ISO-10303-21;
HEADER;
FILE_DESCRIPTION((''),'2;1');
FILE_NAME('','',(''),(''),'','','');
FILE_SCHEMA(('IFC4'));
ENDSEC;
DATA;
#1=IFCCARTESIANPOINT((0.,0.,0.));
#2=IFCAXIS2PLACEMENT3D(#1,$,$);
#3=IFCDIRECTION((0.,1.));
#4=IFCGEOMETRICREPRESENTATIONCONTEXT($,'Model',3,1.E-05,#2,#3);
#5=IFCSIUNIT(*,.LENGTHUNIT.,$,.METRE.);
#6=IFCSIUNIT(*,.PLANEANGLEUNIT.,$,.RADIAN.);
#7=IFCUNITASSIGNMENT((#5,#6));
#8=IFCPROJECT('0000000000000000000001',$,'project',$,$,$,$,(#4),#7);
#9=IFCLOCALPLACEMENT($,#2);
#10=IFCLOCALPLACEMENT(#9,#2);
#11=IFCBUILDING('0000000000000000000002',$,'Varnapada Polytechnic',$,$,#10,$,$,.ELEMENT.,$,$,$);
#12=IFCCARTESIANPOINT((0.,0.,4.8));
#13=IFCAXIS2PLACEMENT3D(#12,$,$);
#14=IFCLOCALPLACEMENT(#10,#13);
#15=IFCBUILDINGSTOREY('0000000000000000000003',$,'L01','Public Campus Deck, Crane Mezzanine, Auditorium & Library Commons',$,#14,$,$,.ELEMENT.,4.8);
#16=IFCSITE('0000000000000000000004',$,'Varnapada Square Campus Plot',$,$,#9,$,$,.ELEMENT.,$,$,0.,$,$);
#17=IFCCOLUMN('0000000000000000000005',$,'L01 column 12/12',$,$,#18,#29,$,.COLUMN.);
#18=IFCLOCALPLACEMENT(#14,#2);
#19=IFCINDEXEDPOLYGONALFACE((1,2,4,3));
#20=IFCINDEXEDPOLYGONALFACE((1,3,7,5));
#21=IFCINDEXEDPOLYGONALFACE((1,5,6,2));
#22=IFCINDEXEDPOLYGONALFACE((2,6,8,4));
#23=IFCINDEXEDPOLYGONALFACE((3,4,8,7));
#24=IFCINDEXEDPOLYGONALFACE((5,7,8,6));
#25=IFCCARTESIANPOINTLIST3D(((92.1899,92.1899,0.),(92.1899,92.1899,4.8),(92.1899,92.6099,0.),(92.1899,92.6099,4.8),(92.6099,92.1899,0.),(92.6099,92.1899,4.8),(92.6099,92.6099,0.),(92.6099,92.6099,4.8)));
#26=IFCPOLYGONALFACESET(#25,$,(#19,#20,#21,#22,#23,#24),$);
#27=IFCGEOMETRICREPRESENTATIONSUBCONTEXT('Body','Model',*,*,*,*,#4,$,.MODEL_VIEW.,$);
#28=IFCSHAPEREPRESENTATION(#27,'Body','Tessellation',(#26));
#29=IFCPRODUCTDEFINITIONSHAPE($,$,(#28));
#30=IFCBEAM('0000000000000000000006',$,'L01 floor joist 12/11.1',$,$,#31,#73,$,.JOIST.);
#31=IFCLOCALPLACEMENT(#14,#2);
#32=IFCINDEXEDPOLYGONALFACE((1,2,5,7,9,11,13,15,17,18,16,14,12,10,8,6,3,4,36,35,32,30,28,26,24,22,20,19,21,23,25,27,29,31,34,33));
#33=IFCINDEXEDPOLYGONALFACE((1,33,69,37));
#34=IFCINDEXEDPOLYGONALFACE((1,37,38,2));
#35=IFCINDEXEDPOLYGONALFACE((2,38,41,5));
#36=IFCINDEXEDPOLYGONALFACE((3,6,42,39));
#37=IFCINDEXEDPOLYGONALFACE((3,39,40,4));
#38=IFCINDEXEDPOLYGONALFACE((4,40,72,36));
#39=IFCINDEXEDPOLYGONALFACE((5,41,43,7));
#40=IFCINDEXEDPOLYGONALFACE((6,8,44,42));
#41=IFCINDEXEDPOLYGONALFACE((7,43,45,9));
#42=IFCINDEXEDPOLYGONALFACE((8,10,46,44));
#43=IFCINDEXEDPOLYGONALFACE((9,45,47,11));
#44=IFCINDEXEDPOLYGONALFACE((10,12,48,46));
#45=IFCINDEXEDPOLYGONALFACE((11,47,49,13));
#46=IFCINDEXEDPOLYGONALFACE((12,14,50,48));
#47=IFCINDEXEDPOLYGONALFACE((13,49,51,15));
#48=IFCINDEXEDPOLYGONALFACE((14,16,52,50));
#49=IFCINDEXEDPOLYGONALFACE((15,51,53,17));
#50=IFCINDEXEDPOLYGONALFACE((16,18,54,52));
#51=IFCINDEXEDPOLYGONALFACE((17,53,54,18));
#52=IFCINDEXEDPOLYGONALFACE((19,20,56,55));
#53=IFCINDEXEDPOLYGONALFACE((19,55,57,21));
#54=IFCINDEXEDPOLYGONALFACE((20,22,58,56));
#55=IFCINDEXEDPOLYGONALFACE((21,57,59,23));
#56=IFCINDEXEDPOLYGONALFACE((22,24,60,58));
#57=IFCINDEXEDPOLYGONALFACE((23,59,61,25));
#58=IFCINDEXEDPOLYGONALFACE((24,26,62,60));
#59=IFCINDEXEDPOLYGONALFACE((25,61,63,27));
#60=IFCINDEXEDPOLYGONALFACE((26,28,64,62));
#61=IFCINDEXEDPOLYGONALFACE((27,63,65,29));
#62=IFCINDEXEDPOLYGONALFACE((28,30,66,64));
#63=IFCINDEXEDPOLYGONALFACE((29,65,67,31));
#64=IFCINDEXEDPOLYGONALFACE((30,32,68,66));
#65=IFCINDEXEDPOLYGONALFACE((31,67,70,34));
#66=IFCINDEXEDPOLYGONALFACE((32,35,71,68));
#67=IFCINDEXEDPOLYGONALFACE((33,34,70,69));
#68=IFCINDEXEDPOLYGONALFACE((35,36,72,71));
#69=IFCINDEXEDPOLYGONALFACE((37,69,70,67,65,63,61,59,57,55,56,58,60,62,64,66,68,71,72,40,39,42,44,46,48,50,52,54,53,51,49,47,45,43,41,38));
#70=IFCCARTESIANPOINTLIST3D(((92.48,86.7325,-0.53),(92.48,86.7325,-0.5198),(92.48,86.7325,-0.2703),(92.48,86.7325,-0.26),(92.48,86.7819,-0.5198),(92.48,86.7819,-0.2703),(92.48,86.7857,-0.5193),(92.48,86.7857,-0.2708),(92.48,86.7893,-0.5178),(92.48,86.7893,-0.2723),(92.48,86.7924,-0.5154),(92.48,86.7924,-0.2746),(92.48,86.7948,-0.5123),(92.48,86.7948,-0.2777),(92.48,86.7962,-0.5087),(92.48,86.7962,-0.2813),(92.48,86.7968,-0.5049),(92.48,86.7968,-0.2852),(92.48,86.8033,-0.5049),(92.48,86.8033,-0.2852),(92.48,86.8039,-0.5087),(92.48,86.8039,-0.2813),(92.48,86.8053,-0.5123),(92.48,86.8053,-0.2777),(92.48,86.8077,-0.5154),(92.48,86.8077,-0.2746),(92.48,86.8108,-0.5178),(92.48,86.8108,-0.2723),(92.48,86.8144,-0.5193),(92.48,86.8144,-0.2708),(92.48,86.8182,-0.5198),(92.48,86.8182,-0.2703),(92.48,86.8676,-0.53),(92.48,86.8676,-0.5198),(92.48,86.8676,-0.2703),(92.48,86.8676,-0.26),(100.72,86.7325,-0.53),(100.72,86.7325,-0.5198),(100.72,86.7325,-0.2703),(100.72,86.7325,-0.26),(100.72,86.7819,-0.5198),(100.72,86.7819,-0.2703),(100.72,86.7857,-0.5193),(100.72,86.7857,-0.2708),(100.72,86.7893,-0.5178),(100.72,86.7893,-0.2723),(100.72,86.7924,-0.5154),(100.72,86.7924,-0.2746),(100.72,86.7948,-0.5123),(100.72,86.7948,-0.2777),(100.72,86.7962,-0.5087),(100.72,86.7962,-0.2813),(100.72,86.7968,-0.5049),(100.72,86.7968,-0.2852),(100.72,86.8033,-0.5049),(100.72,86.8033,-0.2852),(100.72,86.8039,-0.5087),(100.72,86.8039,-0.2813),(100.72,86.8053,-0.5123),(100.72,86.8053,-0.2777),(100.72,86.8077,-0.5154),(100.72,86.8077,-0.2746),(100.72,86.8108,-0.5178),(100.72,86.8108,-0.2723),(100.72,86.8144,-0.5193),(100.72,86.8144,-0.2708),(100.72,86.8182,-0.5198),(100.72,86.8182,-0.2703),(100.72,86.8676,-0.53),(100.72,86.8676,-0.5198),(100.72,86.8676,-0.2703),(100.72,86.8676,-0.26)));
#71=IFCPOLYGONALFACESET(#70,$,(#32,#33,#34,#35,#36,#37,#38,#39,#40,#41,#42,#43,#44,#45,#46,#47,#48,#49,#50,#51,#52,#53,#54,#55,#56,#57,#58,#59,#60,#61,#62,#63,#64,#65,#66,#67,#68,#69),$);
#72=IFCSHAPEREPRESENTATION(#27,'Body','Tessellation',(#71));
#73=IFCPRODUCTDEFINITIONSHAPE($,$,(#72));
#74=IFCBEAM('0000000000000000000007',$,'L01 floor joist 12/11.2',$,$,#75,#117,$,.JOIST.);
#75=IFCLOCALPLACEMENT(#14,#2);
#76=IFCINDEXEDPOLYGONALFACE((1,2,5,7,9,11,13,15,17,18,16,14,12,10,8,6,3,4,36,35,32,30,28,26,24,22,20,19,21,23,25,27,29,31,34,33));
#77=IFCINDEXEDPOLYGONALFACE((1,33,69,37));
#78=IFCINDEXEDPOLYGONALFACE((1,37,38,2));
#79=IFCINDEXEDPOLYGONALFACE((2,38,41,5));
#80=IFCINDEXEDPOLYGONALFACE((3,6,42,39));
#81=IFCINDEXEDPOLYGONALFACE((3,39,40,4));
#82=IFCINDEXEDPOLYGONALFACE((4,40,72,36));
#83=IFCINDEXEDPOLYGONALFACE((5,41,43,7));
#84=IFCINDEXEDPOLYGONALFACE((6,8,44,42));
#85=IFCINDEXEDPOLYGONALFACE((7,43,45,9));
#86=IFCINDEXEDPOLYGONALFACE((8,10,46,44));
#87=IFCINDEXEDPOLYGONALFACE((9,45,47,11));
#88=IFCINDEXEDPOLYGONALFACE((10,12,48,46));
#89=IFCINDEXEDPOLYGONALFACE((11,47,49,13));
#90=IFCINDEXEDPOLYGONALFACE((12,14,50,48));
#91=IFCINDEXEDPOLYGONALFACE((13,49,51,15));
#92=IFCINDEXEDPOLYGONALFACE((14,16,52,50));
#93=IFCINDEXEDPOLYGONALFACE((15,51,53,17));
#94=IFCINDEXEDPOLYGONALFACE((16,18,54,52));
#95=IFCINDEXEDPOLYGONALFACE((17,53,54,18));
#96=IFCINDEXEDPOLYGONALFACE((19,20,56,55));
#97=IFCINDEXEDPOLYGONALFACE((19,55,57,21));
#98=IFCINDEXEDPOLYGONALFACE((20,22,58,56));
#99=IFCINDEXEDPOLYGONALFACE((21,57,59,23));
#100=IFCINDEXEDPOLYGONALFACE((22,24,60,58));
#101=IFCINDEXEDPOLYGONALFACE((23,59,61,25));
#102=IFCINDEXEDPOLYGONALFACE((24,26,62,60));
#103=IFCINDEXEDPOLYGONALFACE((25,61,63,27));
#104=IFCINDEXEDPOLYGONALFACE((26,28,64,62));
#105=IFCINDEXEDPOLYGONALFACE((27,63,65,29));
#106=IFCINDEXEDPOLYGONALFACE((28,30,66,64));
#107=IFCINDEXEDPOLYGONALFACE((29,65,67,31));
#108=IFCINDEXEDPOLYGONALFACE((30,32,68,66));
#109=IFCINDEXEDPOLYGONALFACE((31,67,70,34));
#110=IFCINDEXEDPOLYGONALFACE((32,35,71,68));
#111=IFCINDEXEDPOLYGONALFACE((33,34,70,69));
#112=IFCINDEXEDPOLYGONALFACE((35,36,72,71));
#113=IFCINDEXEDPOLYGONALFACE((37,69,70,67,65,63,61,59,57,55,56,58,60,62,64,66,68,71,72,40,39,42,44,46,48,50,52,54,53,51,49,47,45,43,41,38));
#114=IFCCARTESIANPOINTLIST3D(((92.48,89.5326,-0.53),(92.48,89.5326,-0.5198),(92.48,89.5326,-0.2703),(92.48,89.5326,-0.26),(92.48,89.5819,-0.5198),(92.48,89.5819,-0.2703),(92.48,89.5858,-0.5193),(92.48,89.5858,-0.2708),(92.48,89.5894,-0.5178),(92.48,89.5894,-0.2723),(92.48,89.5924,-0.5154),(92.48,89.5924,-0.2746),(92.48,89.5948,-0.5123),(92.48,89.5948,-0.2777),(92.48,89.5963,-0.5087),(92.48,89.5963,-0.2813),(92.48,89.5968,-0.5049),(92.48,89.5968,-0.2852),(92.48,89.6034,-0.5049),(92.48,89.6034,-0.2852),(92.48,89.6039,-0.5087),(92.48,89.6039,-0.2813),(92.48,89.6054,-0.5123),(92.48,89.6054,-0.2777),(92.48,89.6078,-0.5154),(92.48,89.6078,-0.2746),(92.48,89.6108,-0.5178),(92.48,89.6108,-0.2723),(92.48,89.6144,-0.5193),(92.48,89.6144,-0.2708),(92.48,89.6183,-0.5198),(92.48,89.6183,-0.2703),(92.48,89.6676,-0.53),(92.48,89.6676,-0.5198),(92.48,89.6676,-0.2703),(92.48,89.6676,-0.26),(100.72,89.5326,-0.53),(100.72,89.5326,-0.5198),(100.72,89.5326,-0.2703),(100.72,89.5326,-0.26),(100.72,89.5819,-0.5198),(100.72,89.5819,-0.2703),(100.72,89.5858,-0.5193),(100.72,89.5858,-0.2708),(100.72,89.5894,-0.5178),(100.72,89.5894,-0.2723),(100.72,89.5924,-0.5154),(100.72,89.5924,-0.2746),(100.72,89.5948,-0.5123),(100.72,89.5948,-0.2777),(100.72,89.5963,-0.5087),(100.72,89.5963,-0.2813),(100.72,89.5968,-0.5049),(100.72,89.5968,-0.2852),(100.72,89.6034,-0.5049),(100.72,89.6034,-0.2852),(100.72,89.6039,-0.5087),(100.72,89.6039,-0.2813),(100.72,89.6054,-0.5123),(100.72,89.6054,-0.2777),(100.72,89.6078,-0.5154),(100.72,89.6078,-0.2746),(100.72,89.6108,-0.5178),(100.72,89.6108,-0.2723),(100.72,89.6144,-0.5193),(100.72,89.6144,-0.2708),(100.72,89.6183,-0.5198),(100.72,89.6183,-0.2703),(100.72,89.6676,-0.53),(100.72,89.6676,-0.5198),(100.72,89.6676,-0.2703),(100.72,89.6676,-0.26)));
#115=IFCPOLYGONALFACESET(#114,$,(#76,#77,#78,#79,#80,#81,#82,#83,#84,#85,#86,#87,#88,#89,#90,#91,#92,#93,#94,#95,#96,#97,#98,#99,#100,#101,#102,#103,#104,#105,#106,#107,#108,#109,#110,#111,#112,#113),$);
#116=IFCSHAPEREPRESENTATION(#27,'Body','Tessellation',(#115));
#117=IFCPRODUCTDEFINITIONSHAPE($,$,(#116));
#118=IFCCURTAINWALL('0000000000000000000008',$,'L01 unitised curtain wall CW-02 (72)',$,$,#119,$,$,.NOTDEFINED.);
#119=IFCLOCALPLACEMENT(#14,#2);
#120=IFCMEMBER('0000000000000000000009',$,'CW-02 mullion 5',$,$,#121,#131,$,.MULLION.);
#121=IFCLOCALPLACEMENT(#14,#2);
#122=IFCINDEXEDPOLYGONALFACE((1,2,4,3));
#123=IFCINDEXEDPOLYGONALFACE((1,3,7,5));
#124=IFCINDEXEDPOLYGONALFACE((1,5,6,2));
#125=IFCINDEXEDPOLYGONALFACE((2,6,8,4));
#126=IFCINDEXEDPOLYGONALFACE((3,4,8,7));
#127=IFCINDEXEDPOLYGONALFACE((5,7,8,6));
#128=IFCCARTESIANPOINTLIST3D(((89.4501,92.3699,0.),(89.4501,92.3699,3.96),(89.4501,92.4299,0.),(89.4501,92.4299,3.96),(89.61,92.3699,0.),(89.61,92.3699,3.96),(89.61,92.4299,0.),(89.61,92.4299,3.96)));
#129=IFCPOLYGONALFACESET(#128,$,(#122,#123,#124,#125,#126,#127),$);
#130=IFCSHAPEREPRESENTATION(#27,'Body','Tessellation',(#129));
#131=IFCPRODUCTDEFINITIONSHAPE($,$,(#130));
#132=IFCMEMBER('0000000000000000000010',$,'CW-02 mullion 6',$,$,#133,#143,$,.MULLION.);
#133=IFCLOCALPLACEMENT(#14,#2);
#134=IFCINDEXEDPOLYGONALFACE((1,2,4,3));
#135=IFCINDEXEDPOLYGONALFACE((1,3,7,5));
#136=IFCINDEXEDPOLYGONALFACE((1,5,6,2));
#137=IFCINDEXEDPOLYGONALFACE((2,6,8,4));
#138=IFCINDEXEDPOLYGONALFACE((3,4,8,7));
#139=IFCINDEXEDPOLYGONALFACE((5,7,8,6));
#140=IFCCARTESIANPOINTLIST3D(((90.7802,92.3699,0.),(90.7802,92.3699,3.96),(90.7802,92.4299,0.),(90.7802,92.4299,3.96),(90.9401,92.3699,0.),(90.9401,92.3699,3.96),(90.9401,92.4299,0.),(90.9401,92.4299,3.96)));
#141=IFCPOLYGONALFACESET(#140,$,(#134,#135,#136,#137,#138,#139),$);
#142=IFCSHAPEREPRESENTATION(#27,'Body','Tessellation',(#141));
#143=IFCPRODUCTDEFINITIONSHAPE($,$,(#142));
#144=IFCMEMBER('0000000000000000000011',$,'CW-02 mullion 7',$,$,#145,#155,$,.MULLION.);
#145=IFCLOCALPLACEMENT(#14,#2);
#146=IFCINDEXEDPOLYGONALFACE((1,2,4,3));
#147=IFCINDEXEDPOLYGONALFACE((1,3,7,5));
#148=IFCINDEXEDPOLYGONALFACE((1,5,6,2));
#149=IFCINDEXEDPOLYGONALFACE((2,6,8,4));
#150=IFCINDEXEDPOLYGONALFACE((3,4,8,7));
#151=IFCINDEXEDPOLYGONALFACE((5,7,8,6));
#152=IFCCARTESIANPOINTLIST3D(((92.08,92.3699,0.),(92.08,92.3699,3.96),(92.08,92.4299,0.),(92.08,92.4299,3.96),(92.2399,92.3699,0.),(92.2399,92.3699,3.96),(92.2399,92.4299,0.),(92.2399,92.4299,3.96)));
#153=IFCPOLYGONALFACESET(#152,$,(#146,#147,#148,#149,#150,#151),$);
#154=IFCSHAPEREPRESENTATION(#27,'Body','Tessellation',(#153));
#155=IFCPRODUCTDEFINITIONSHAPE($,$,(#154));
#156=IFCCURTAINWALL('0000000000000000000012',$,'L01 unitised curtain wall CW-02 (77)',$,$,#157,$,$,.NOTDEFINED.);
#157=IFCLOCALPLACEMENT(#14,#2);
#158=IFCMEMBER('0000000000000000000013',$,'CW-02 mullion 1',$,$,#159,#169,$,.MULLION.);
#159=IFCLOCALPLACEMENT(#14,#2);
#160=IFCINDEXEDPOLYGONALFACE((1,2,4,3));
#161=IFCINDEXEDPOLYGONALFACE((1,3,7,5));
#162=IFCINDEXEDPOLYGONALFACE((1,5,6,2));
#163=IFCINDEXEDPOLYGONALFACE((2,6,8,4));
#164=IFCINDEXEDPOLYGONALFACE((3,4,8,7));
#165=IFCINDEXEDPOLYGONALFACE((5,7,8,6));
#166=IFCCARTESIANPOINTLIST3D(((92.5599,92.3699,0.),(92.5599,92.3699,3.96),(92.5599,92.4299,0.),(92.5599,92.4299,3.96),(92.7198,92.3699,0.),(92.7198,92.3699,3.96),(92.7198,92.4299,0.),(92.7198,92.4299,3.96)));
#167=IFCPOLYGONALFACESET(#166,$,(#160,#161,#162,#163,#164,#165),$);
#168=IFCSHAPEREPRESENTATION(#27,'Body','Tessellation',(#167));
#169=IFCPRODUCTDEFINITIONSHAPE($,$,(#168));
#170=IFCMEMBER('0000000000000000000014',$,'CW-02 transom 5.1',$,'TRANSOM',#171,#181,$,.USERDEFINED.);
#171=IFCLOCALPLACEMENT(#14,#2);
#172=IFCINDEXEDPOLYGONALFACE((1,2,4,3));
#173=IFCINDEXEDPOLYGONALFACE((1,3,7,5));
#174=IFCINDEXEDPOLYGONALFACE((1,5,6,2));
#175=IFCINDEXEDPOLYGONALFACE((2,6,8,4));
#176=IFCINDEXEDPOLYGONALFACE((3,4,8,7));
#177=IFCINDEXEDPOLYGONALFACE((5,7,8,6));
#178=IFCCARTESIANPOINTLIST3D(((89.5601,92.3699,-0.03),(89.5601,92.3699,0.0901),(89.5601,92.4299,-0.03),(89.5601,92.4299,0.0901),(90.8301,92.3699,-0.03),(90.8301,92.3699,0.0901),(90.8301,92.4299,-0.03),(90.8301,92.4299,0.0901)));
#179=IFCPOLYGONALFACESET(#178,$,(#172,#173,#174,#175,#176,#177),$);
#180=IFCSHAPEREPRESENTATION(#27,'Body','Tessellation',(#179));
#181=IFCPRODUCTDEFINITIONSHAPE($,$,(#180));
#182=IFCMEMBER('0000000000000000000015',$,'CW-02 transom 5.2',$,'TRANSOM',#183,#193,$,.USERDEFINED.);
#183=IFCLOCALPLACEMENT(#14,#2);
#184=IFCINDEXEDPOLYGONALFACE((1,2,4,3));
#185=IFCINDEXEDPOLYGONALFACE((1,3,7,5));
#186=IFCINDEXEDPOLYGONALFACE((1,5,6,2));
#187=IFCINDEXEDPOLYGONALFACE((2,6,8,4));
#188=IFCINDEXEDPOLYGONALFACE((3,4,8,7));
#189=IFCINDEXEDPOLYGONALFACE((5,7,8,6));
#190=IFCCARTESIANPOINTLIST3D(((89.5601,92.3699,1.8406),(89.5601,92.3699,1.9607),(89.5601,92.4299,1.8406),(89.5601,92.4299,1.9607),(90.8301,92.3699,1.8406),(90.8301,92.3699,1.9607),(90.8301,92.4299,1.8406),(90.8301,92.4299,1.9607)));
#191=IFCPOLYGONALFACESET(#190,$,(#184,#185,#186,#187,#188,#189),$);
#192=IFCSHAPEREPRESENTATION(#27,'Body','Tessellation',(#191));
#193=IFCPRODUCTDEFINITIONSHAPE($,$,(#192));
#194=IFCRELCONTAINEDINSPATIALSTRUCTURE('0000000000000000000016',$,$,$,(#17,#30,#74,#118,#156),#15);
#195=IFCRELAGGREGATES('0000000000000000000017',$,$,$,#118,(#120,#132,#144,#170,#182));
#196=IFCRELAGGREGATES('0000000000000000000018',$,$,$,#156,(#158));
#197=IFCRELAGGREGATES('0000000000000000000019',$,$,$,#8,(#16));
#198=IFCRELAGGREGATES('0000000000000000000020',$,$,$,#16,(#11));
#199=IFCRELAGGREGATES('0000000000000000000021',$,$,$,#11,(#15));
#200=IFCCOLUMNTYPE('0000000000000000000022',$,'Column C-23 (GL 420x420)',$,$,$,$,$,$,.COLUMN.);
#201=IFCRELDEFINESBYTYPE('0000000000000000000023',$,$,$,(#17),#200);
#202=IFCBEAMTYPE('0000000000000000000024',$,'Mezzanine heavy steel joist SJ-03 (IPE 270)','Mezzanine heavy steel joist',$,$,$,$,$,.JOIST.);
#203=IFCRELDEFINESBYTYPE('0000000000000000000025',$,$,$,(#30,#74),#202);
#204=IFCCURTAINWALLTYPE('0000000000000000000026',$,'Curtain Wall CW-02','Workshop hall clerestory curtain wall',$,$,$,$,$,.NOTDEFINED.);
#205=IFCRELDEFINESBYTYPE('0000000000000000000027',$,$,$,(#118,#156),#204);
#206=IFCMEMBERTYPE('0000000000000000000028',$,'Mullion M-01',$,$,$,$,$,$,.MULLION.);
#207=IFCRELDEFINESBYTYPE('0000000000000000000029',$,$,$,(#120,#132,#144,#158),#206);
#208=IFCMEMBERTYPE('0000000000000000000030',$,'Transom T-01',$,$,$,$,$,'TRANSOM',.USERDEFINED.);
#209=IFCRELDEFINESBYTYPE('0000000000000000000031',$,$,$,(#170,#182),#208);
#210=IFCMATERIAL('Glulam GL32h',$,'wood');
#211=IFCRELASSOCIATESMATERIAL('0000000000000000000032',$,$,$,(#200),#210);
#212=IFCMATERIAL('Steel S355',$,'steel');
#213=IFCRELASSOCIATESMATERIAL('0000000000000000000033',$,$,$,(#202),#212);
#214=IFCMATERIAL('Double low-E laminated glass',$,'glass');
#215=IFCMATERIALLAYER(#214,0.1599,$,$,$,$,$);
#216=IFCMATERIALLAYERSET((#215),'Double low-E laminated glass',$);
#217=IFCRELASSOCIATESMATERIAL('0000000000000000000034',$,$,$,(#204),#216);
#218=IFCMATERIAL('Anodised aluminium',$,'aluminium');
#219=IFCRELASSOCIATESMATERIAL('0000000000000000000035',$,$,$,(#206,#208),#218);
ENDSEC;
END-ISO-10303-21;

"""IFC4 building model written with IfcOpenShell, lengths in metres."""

from ifc_helpers import new_model, si_unit, direction, frame, origin, origin_2d, place, context, subcontext, project, spatial, rectangle, i_section, extrude, material, layer, layer_set, material_profile, profile_set, type_object, element, aggregate, save


model = new_model("IFC4")

# Units and contexts
model_context = context("Model", 3, precision=1e-05, world=origin(), true_north=direction((0.0, 1.0)))
body_context = subcontext(model_context, "Body", "Model", "MODEL_VIEW")
ifc_project = project(units=[si_unit("LENGTHUNIT", "METRE"), si_unit("PLANEANGLEUNIT", "RADIAN")], contexts=[model_context])

# Site, building, storey
site_placement = place(None, origin())
site = spatial("IfcSite", under=ifc_project, at=site_placement, Name="Varnapada Square Campus Plot", CompositionType="ELEMENT", RefElevation=0.0)
building_placement = place(site_placement, origin())
building = spatial("IfcBuilding", under=site, at=building_placement, Name="Varnapada Polytechnic", CompositionType="ELEMENT")
storey_placement = place(building_placement, frame((0.0, 0.0, 4.8)))
storey = spatial("IfcBuildingStorey", under=building, at=storey_placement, Name="L01", Description="Public Campus Deck, Crane Mezzanine, Auditorium & Library Commons", CompositionType="ELEMENT", Elevation=4.8)

# Column
ifc_material_1 = material(Name="Glulam GL32h", Category="wood")
ifc_material_profile_1 = material_profile(ifc_material_1, rectangle(XDim=0.4199, YDim=0.4199, at=origin_2d()), Name="GL 420x420")
ifc_profile_set_1 = profile_set([ifc_material_profile_1], Name="Glulam GL32h")
column_type = type_object("IfcColumnType", Name="Column C-23 (GL 420x420)", PredefinedType="COLUMN", material=ifc_profile_set_1)
column_placement = place(storey_placement, frame((92.3999, 92.3999, 0.0), z_axis=(0.0, 0.0, 1.0), x_axis=(1.0, 0.0, 0.0)))
element("IfcColumn", 1, at=column_placement, inside=storey, type_object=column_type, Name="L01 column 12/12", PredefinedType="COLUMN", context=body_context, shape_type="SweptSolid", body=[
    extrude(rectangle(XDim=0.4199, YDim=0.4199, at=origin_2d()), origin(), (0.0, 0.0, 1.0), 4.8),
])

# Beams
ifc_material_2 = material(Name="Steel S355", Category="steel")
ifc_material_profile_2 = material_profile(ifc_material_2, i_section(OverallWidth=0.135, OverallDepth=0.27, WebThickness=0.0066, FlangeThickness=0.0103, FilletRadius=0.0149, at=origin_2d()), Name="IPE 270")
ifc_profile_set_2 = profile_set([ifc_material_profile_2], Name="Steel S355")
beam_type_1 = type_object("IfcBeamType", Name="Mezzanine heavy steel joist SJ-03 (IPE 270)", Description="Mezzanine heavy steel joist", PredefinedType="JOIST", material=ifc_profile_set_2)
for number, where, z_axis, x_axis, name in (
    (2, (92.48, 86.8, -0.395), (1.0, 0.0, 0.0), (0.0, 1.0, 0.0), "L01 floor joist 12/11.1"),
    (3, (92.48, 89.6001, -0.395), (1.0, 0.0, 0.0), (0.0, 1.0, 0.0), "L01 floor joist 12/11.2"),
):
    element("IfcBeam", number, at=place(storey_placement, frame(where, z_axis=z_axis, x_axis=x_axis)), inside=storey, type_object=beam_type_1, Name=name, PredefinedType="JOIST", context=body_context, shape_type="SweptSolid", body=[
        extrude(i_section(OverallWidth=0.135, OverallDepth=0.27, WebThickness=0.0066, FlangeThickness=0.0103, FilletRadius=0.0149, at=origin_2d()), origin(), (0.0, 0.0, 1.0), 8.24),
    ])

# Curtain wall, members
ifc_material_3 = material(Name="Double low-E laminated glass", Category="glass")
ifc_layer_1 = layer(ifc_material_3, 0.1599)
ifc_layer_set_1 = layer_set([ifc_layer_1], Name="Double low-E laminated glass")
curtain_wall_type_1 = type_object("IfcCurtainWallType", Name="Curtain Wall CW-02", Description="Workshop hall clerestory curtain wall", PredefinedType="NOTDEFINED", material=ifc_layer_set_1)
curtain_wall_1_placement = place(storey_placement, origin())
curtain_wall_1 = element("IfcCurtainWall", 4, at=curtain_wall_1_placement, inside=storey, type_object=curtain_wall_type_1, Name="L01 unitised curtain wall CW-02 (72)", PredefinedType="NOTDEFINED")
ifc_material_4 = material(Name="Anodised aluminium", Category="aluminium")
ifc_material_profile_3 = material_profile(ifc_material_4, rectangle(XDim=0.0601, YDim=0.1599, at=origin_2d()), Name="ALU M60x160")
ifc_profile_set_3 = profile_set([ifc_material_profile_3], Name="Anodised aluminium")
member_type_1 = type_object("IfcMemberType", Name="Mullion M-01", PredefinedType="MULLION", material=ifc_profile_set_3)
member_1_placement = place(storey_placement, frame((89.53, 92.3999, 0.0), z_axis=(0.0, 0.0, 1.0), x_axis=(0.0, 1.0, 0.0)))
member_1 = element("IfcMember", 5, at=member_1_placement, type_object=member_type_1, Name="CW-02 mullion 5", PredefinedType="MULLION", context=body_context, shape_type="SweptSolid", body=[
    extrude(rectangle(XDim=0.0601, YDim=0.1599, at=origin_2d()), origin(), (0.0, 0.0, 1.0), 3.96),
])
member_2_placement = place(storey_placement, frame((90.8601, 92.3999, 0.0), z_axis=(0.0, 0.0, 1.0), x_axis=(0.0, 1.0, 0.0)))
member_2 = element("IfcMember", 6, at=member_2_placement, type_object=member_type_1, Name="CW-02 mullion 6", PredefinedType="MULLION", context=body_context, shape_type="SweptSolid", body=[
    extrude(rectangle(XDim=0.0601, YDim=0.1599, at=origin_2d()), origin(), (0.0, 0.0, 1.0), 3.96),
])
member_3_placement = place(storey_placement, frame((92.1599, 92.3999, 0.0), z_axis=(0.0, 0.0, 1.0), x_axis=(0.0, 1.0, 0.0)))
member_3 = element("IfcMember", 7, at=member_3_placement, type_object=member_type_1, Name="CW-02 mullion 7", PredefinedType="MULLION", context=body_context, shape_type="SweptSolid", body=[
    extrude(rectangle(XDim=0.0601, YDim=0.1599, at=origin_2d()), origin(), (0.0, 0.0, 1.0), 3.96),
])

# Curtain wall, member
curtain_wall_2_placement = place(storey_placement, origin())
curtain_wall_2 = element("IfcCurtainWall", 8, at=curtain_wall_2_placement, inside=storey, type_object=curtain_wall_type_1, Name="L01 unitised curtain wall CW-02 (77)", PredefinedType="NOTDEFINED")
member_4_placement = place(storey_placement, frame((92.6399, 92.3999, 0.0), z_axis=(0.0, 0.0, 1.0), x_axis=(0.0, 1.0, 0.0)))
member_4 = element("IfcMember", 9, at=member_4_placement, type_object=member_type_1, Name="CW-02 mullion 1", PredefinedType="MULLION", context=body_context, shape_type="SweptSolid", body=[
    extrude(rectangle(XDim=0.0601, YDim=0.1599, at=origin_2d()), origin(), (0.0, 0.0, 1.0), 3.96),
])

# Members
ifc_material_profile_4 = material_profile(ifc_material_4, rectangle(XDim=0.0601, YDim=0.1201, at=origin_2d()), Name="ALU T60x120")
ifc_profile_set_4 = profile_set([ifc_material_profile_4], Name="Anodised aluminium")
member_type_2 = type_object("IfcMemberType", Name="Transom T-01", ElementType="TRANSOM", PredefinedType="USERDEFINED", material=ifc_profile_set_4)
member_5_placement = place(storey_placement, frame((89.5601, 92.3999, 0.03), z_axis=(1.0, 0.0, 0.0), x_axis=(0.0, 1.0, 0.0)))
member_5 = element("IfcMember", 10, at=member_5_placement, type_object=member_type_2, Name="CW-02 transom 5.1", ObjectType="TRANSOM", PredefinedType="USERDEFINED", context=body_context, shape_type="SweptSolid", body=[
    extrude(rectangle(XDim=0.0601, YDim=0.1201, at=origin_2d()), origin(), (0.0, 0.0, 1.0), 1.27),
])
member_6_placement = place(storey_placement, frame((89.5601, 92.3999, 1.9006), z_axis=(1.0, 0.0, 0.0), x_axis=(0.0, 1.0, 0.0)))
member_6 = element("IfcMember", 11, at=member_6_placement, type_object=member_type_2, Name="CW-02 transom 5.2", ObjectType="TRANSOM", PredefinedType="USERDEFINED", context=body_context, shape_type="SweptSolid", body=[
    extrude(rectangle(XDim=0.0601, YDim=0.1201, at=origin_2d()), origin(), (0.0, 0.0, 1.0), 1.27),
])

aggregate(curtain_wall_1, [member_1, member_2, member_3, member_5, member_6])
aggregate(curtain_wall_2, [member_4])

save(model, "model.ifc")
